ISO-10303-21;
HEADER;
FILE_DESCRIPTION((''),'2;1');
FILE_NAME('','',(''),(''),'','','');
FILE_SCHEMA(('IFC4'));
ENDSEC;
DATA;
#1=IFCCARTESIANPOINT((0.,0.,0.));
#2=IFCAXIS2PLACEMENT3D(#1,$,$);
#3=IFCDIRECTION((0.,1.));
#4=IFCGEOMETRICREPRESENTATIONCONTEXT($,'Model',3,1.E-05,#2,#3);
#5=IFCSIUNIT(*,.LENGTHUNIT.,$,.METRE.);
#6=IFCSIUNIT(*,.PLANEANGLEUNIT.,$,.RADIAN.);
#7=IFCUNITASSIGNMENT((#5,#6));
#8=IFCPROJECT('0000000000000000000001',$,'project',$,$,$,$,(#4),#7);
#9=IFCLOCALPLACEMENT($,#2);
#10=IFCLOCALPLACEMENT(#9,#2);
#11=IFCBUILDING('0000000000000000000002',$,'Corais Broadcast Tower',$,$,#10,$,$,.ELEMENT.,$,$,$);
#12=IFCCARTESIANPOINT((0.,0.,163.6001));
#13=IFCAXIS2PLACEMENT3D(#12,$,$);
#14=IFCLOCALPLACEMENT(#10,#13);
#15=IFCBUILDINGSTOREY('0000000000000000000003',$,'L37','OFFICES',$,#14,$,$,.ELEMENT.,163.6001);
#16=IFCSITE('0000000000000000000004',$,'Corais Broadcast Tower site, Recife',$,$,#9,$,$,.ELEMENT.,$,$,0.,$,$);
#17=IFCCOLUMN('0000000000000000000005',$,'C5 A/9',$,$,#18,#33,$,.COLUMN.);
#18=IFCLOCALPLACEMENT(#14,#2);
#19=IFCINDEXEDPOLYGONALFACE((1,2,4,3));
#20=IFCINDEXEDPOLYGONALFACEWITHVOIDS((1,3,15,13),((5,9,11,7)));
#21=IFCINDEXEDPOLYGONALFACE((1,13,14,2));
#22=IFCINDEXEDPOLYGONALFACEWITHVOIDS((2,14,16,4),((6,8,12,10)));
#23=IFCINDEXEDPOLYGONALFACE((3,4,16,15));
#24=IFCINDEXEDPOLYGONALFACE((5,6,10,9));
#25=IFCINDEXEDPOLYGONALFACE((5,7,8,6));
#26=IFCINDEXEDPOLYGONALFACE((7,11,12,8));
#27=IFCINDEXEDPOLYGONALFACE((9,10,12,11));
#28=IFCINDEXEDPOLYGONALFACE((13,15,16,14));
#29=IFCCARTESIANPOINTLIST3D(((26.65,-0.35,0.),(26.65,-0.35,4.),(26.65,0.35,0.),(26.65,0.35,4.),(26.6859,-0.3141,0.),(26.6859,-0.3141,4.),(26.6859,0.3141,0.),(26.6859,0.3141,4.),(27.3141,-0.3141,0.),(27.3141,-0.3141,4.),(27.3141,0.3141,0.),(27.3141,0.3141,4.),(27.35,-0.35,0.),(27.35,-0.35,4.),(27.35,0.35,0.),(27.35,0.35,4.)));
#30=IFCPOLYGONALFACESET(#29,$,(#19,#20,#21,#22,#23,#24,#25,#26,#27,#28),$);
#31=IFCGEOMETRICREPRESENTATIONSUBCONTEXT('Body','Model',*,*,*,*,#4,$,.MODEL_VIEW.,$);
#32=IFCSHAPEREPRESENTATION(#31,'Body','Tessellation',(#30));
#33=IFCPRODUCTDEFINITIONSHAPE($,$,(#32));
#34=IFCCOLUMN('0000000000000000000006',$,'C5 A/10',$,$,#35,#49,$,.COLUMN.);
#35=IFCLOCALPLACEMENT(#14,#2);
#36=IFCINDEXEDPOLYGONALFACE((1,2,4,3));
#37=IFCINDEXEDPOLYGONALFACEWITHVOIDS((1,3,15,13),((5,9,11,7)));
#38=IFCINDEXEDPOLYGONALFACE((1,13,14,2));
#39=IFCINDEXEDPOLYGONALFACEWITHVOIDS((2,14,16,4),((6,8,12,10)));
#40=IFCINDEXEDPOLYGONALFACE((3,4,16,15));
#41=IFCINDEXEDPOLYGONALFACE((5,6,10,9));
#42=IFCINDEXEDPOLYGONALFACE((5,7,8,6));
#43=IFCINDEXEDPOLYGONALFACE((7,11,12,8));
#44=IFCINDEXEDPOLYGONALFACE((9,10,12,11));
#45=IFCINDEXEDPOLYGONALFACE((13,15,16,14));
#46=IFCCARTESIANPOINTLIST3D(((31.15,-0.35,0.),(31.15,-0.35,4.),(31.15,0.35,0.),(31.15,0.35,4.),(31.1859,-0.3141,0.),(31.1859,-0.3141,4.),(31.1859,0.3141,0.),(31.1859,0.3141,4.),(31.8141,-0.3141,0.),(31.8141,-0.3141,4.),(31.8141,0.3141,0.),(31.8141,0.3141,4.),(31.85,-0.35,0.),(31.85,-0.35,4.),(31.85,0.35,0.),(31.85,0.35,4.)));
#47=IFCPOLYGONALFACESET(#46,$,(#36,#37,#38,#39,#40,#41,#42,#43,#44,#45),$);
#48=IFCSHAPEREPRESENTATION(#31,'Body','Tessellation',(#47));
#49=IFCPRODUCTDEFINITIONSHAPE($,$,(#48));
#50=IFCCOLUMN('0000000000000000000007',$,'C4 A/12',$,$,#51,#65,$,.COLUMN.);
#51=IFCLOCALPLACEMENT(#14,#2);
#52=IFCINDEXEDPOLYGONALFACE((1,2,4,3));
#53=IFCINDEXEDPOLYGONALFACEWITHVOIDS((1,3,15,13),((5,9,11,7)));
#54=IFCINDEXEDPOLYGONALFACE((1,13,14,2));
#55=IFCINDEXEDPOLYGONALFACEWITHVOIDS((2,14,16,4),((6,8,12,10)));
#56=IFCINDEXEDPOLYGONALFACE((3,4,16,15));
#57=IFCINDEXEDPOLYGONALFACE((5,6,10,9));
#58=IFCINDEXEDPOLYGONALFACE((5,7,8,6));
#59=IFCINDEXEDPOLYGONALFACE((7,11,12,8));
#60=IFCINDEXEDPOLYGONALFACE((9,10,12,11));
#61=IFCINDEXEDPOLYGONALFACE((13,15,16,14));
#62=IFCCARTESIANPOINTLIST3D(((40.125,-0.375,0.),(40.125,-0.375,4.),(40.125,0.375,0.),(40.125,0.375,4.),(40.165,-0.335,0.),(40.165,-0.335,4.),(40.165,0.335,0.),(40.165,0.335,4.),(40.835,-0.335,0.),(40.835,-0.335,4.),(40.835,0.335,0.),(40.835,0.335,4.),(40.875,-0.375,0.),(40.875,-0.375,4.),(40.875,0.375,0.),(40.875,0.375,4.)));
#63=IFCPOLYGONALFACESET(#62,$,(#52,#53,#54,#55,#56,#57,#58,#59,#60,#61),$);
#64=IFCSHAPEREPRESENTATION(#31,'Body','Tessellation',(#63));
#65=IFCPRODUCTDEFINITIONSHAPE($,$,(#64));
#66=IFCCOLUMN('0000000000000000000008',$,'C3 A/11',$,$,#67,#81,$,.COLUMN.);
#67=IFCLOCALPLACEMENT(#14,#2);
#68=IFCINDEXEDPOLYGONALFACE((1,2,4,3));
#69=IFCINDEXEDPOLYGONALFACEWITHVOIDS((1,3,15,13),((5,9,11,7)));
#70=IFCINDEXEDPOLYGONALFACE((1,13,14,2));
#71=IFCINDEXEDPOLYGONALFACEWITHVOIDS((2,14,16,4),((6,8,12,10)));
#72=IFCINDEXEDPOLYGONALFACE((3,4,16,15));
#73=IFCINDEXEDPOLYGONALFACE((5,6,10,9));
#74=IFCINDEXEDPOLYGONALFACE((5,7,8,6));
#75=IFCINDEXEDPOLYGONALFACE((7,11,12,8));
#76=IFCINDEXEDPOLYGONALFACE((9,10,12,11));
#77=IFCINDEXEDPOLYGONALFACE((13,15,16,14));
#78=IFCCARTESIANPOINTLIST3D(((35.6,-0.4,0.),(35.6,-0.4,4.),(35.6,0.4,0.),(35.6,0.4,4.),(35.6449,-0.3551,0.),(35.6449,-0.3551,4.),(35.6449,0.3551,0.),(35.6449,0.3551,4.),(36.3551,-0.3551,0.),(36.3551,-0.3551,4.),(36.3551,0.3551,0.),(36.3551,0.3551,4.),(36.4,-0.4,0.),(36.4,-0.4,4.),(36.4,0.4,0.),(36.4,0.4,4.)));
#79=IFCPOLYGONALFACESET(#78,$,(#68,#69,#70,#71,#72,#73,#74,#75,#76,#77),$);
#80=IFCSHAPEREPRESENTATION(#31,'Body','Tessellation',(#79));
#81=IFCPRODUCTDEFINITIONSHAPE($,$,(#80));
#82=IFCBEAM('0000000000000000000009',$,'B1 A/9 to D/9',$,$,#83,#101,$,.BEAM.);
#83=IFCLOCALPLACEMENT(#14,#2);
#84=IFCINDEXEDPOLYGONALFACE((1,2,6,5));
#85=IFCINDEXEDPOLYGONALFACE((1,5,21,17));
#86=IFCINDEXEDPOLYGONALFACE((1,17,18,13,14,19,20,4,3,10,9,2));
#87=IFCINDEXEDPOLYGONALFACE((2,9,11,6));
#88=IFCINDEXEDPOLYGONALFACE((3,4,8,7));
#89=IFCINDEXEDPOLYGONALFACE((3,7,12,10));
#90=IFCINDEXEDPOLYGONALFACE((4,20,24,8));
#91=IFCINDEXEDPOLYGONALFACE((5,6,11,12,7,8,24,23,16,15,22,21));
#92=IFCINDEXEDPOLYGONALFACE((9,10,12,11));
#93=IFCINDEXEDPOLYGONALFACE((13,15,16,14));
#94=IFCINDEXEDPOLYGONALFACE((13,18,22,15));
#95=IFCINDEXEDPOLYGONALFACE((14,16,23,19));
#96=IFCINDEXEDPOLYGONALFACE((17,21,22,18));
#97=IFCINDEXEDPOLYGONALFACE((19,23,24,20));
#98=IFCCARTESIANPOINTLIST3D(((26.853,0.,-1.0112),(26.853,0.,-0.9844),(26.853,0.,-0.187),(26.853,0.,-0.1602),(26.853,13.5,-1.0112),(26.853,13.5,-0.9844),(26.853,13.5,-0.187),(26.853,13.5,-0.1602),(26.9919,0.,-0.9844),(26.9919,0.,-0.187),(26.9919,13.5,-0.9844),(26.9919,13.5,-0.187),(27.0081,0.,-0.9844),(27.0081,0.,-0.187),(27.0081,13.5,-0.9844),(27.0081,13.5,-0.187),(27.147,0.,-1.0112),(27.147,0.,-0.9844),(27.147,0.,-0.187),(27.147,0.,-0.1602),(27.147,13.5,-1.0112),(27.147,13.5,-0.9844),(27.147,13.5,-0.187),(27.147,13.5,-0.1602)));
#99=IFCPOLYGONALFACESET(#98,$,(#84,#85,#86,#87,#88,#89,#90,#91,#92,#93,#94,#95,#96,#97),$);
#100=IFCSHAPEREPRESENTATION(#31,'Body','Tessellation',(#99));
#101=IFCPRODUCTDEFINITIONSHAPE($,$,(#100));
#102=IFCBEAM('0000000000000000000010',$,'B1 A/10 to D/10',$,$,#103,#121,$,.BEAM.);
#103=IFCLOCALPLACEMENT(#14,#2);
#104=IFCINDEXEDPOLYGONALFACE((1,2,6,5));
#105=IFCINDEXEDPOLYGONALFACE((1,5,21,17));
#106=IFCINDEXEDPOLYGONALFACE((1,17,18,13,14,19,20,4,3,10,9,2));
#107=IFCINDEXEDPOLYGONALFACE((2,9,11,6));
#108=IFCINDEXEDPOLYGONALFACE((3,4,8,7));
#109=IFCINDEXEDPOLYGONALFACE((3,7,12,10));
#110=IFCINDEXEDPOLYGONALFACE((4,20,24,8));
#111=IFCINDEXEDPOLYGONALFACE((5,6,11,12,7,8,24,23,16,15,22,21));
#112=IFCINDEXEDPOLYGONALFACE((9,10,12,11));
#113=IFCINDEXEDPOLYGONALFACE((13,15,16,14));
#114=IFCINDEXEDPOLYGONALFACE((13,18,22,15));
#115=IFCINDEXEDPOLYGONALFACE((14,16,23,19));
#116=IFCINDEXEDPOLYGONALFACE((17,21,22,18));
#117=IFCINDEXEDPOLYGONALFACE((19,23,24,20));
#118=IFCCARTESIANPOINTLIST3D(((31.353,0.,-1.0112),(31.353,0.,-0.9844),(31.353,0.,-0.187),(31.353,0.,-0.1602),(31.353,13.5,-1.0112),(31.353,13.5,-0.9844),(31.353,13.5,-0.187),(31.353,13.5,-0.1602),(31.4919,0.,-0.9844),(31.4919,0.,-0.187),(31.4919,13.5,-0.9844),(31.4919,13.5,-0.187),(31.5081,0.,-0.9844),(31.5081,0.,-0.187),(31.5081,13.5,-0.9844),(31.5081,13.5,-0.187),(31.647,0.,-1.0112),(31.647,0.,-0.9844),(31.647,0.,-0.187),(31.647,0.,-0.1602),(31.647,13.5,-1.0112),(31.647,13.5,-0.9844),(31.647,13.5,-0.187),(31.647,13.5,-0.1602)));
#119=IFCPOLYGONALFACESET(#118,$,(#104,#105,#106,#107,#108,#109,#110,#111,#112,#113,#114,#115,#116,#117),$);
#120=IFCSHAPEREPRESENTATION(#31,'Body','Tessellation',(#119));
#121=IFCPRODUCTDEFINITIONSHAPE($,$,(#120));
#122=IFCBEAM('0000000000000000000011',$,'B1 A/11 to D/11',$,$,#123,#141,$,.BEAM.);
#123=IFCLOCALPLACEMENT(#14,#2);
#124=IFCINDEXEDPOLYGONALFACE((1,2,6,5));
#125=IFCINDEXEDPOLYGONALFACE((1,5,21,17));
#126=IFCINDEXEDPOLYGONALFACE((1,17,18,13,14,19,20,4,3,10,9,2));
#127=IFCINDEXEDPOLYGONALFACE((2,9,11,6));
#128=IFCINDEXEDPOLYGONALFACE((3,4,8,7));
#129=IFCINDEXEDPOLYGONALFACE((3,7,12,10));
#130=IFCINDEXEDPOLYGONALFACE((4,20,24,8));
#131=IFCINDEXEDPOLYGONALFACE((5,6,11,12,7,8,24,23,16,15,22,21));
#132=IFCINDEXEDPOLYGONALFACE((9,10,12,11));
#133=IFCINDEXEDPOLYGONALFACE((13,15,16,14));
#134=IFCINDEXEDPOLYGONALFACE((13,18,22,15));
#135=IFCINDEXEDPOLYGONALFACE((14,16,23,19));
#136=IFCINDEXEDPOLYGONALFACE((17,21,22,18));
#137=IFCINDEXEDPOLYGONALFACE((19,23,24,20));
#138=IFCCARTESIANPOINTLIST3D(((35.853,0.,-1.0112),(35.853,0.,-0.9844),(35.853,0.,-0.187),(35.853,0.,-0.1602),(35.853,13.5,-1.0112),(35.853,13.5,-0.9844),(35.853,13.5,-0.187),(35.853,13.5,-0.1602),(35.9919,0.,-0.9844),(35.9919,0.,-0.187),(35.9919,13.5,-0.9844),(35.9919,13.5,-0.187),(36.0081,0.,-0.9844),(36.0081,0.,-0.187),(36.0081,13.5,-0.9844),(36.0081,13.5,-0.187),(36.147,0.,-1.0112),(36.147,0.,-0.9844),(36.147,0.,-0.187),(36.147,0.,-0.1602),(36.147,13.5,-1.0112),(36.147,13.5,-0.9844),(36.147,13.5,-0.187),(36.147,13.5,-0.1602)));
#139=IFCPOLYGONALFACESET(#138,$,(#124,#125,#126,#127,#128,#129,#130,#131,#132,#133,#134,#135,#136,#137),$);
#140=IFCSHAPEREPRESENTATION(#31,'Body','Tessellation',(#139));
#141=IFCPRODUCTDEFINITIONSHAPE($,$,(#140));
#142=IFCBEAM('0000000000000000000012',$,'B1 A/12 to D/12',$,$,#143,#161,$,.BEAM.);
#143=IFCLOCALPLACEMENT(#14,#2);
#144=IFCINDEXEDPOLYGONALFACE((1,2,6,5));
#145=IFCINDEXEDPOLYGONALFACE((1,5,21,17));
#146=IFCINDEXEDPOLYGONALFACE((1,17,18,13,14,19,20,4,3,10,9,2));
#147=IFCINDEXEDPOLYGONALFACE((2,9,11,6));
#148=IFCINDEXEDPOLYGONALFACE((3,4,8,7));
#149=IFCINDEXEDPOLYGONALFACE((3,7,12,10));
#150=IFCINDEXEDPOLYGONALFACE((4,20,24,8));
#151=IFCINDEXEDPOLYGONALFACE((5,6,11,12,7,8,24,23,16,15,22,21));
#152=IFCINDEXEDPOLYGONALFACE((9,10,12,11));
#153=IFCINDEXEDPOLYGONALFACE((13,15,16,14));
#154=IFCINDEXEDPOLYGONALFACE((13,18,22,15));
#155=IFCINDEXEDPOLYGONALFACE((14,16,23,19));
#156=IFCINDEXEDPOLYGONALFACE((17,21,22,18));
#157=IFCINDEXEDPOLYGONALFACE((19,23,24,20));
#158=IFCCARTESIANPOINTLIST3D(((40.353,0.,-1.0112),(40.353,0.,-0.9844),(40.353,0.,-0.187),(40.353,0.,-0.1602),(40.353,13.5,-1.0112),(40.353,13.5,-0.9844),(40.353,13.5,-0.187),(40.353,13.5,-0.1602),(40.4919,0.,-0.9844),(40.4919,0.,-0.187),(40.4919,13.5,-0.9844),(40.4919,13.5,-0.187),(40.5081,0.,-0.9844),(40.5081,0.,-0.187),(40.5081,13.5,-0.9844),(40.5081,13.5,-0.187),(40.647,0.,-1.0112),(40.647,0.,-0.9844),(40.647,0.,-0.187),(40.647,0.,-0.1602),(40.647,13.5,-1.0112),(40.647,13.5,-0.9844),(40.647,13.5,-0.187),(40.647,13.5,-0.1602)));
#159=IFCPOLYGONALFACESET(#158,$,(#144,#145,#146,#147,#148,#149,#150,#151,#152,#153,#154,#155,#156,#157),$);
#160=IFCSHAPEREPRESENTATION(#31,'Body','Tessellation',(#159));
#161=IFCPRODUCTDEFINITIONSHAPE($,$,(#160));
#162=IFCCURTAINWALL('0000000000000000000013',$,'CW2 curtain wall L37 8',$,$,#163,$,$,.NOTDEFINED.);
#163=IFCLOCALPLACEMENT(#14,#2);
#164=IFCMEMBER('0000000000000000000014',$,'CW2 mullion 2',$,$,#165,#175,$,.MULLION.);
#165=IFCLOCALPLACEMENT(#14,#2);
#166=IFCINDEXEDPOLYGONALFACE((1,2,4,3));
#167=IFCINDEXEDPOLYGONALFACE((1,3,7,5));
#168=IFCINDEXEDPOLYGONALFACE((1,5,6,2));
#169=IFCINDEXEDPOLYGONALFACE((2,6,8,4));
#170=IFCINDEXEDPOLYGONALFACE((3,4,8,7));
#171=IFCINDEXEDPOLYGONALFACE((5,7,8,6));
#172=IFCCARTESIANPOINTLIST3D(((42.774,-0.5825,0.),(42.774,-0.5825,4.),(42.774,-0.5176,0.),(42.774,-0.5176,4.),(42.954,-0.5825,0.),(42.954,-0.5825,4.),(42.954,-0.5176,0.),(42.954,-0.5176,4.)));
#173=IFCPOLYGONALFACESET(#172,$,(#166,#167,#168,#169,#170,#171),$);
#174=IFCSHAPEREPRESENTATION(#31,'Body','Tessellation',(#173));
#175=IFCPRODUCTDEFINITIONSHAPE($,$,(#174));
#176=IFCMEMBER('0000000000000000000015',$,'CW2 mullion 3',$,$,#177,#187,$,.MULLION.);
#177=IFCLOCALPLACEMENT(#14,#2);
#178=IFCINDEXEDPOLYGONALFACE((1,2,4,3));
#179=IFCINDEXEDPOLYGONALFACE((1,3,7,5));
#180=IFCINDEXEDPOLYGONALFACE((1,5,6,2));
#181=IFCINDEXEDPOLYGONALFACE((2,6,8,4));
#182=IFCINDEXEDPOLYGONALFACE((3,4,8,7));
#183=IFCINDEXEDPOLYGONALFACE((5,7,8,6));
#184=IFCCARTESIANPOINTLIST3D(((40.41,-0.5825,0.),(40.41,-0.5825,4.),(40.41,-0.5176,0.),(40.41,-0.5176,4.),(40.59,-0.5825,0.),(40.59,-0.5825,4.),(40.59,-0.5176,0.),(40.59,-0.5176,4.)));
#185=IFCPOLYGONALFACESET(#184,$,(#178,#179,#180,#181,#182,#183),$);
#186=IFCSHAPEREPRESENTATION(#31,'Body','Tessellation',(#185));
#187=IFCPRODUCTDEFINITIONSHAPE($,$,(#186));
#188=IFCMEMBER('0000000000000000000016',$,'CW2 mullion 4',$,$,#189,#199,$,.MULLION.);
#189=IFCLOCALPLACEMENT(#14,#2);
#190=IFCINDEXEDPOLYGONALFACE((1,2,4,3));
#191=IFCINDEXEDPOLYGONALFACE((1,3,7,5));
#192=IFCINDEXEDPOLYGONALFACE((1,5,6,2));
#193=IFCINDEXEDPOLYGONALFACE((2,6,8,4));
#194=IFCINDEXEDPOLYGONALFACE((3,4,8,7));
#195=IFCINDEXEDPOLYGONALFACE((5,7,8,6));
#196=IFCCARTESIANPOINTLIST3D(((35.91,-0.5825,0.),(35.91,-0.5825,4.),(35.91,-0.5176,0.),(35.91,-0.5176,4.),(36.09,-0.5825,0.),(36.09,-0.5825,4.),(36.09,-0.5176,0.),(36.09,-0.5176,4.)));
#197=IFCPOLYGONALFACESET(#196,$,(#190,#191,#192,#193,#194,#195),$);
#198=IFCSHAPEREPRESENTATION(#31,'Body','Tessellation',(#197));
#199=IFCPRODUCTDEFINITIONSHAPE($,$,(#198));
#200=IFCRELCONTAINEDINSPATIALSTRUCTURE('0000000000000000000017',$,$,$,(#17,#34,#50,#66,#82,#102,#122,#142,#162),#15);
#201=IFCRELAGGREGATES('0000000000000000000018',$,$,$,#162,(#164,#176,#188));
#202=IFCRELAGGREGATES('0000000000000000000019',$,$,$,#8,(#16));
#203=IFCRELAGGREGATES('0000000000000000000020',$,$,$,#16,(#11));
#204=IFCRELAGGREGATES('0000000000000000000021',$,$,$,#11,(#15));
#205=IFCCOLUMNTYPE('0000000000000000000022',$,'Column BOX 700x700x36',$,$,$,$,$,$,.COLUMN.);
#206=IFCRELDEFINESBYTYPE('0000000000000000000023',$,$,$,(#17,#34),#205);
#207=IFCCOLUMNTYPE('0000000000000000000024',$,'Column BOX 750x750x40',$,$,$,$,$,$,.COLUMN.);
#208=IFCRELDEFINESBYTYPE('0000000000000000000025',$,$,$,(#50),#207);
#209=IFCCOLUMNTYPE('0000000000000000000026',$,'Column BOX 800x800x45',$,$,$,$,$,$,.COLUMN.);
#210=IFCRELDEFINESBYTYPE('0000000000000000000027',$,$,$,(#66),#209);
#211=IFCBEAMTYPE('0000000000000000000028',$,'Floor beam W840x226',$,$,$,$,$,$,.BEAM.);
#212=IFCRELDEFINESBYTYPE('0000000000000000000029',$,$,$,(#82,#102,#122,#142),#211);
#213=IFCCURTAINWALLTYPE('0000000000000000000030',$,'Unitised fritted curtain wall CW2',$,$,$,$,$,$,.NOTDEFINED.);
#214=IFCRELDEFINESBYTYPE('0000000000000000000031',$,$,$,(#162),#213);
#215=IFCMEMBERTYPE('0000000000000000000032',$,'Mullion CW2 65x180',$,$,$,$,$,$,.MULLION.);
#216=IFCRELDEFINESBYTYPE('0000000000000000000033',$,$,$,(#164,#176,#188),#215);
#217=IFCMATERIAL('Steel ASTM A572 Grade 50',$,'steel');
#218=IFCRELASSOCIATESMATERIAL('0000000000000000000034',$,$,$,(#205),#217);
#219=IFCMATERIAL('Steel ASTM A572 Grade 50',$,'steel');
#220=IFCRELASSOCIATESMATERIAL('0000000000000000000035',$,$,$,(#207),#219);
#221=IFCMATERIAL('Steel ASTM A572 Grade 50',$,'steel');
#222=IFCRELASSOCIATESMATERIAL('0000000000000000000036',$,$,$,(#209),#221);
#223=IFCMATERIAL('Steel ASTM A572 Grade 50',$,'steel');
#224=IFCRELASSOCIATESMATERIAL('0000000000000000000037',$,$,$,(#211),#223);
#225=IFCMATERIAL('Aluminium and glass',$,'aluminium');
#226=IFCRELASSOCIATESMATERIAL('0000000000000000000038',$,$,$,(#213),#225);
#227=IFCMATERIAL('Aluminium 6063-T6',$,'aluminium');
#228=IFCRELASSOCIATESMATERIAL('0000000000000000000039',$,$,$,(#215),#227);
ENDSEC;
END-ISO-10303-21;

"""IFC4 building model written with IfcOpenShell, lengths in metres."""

from ifc_helpers import new_model, si_unit, direction, frame, origin, origin_2d, place, context, subcontext, project, spatial, rectangle, hollow_rectangle, i_section, extrude, material, material_profile, profile_set, type_object, element, aggregate, save


model = new_model("IFC4")

# Units and contexts
model_context = context("Model", 3, precision=1e-05, world=origin(), true_north=direction((0.0, 1.0)))
body_context = subcontext(model_context, "Body", "Model", "MODEL_VIEW")
ifc_project = project(units=[si_unit("LENGTHUNIT", "METRE"), si_unit("PLANEANGLEUNIT", "RADIAN")], contexts=[model_context])

# Site, building, storey
site_placement = place(None, origin())
site = spatial("IfcSite", under=ifc_project, at=site_placement, Name="Corais Broadcast Tower site, Recife", CompositionType="ELEMENT", RefElevation=0.0)
building_placement = place(site_placement, origin())
building = spatial("IfcBuilding", under=site, at=building_placement, Name="Corais Broadcast Tower", CompositionType="ELEMENT")
storey_placement = place(building_placement, frame((0.0, 0.0, 163.6001)))
storey = spatial("IfcBuildingStorey", under=building, at=storey_placement, Name="L37", Description="OFFICES", CompositionType="ELEMENT", Elevation=163.6001)

# Columns
ifc_material_1 = material(Name="Steel ASTM A572 Grade 50", Category="steel")
ifc_material_profile_1 = material_profile(ifc_material_1, hollow_rectangle(XDim=0.7, YDim=0.7, WallThickness=0.0359, at=origin_2d()), Name="BOX 700x700x36")
ifc_profile_set_1 = profile_set([ifc_material_profile_1], Name="Steel ASTM A572 Grade 50")
column_type_1 = type_object("IfcColumnType", Name="Column BOX 700x700x36", PredefinedType="COLUMN", material=ifc_profile_set_1)
for number, where, z_axis, x_axis, name in (
    (1, (27.0, 0.0, 0.0), (0.0, 0.0, 1.0), (1.0, 0.0, 0.0), "C5 A/9"),
    (2, (31.5, 0.0, 0.0), (0.0, 0.0, 1.0), (1.0, 0.0, 0.0), "C5 A/10"),
):
    element("IfcColumn", number, at=place(storey_placement, frame(where, z_axis=z_axis, x_axis=x_axis)), inside=storey, type_object=column_type_1, Name=name, PredefinedType="COLUMN", context=body_context, shape_type="SweptSolid", body=[
        extrude(hollow_rectangle(XDim=0.7, YDim=0.7, WallThickness=0.0359, at=origin_2d()), origin(), (0.0, 0.0, 1.0), 4.0),
    ])
ifc_material_2 = material(Name="Steel ASTM A572 Grade 50", Category="steel")
ifc_material_profile_2 = material_profile(ifc_material_2, hollow_rectangle(XDim=0.75, YDim=0.75, WallThickness=0.04, at=origin_2d()), Name="BOX 750x750x40")
ifc_profile_set_2 = profile_set([ifc_material_profile_2], Name="Steel ASTM A572 Grade 50")
column_type_2 = type_object("IfcColumnType", Name="Column BOX 750x750x40", PredefinedType="COLUMN", material=ifc_profile_set_2)
column_1_placement = place(storey_placement, frame((40.5, 0.0, 0.0), z_axis=(0.0, 0.0, 1.0), x_axis=(1.0, 0.0, 0.0)))
element("IfcColumn", 3, at=column_1_placement, inside=storey, type_object=column_type_2, Name="C4 A/12", PredefinedType="COLUMN", context=body_context, shape_type="SweptSolid", body=[
    extrude(hollow_rectangle(XDim=0.75, YDim=0.75, WallThickness=0.04, at=origin_2d()), origin(), (0.0, 0.0, 1.0), 4.0),
])
ifc_material_3 = material(Name="Steel ASTM A572 Grade 50", Category="steel")
ifc_material_profile_3 = material_profile(ifc_material_3, hollow_rectangle(XDim=0.8, YDim=0.8, WallThickness=0.0449, at=origin_2d()), Name="BOX 800x800x45")
ifc_profile_set_3 = profile_set([ifc_material_profile_3], Name="Steel ASTM A572 Grade 50")
column_type_3 = type_object("IfcColumnType", Name="Column BOX 800x800x45", PredefinedType="COLUMN", material=ifc_profile_set_3)
column_2_placement = place(storey_placement, frame((36.0, 0.0, 0.0), z_axis=(0.0, 0.0, 1.0), x_axis=(1.0, 0.0, 0.0)))
element("IfcColumn", 4, at=column_2_placement, inside=storey, type_object=column_type_3, Name="C3 A/11", PredefinedType="COLUMN", context=body_context, shape_type="SweptSolid", body=[
    extrude(hollow_rectangle(XDim=0.8, YDim=0.8, WallThickness=0.0449, at=origin_2d()), origin(), (0.0, 0.0, 1.0), 4.0),
])

# Beams
ifc_material_4 = material(Name="Steel ASTM A572 Grade 50", Category="steel")
ifc_material_profile_4 = material_profile(ifc_material_4, i_section(OverallWidth=0.2939, OverallDepth=0.8511, WebThickness=0.0161, FlangeThickness=0.0269, at=origin_2d()), Name="W840x226")
ifc_profile_set_4 = profile_set([ifc_material_profile_4], Name="Steel ASTM A572 Grade 50")
beam_type_1 = type_object("IfcBeamType", Name="Floor beam W840x226", PredefinedType="BEAM", material=ifc_profile_set_4)
for number, where, z_axis, x_axis, name in (
    (5, (27.0, 0.0, -0.5857), (0.0, 1.0, 0.0), (-1.0, 0.0, 0.0), "B1 A/9 to D/9"),
    (6, (31.5, 0.0, -0.5857), (0.0, 1.0, 0.0), (-1.0, 0.0, 0.0), "B1 A/10 to D/10"),
    (7, (36.0, 0.0, -0.5857), (0.0, 1.0, 0.0), (-1.0, 0.0, 0.0), "B1 A/11 to D/11"),
    (8, (40.5, 0.0, -0.5857), (0.0, 1.0, 0.0), (-1.0, 0.0, 0.0), "B1 A/12 to D/12"),
):
    element("IfcBeam", number, at=place(storey_placement, frame(where, z_axis=z_axis, x_axis=x_axis)), inside=storey, type_object=beam_type_1, Name=name, PredefinedType="BEAM", context=body_context, shape_type="SweptSolid", body=[
        extrude(i_section(OverallWidth=0.2939, OverallDepth=0.8511, WebThickness=0.0161, FlangeThickness=0.0269, at=origin_2d()), origin(), (0.0, 0.0, 1.0), 13.5),
    ])

# Curtain wall, members
ifc_material_5 = material(Name="Aluminium and glass", Category="aluminium")
curtain_wall_type = type_object("IfcCurtainWallType", Name="Unitised fritted curtain wall CW2", PredefinedType="NOTDEFINED", material=ifc_material_5)
curtain_wall_placement = place(storey_placement, origin())
curtain_wall = element("IfcCurtainWall", 9, at=curtain_wall_placement, inside=storey, type_object=curtain_wall_type, Name="CW2 curtain wall L37 8", PredefinedType="NOTDEFINED")
ifc_material_6 = material(Name="Aluminium 6063-T6", Category="aluminium")
ifc_material_profile_5 = material_profile(ifc_material_6, rectangle(XDim=0.0649, YDim=0.1799, at=origin_2d()), Name="Mullion CW2 65x180")
ifc_profile_set_5 = profile_set([ifc_material_profile_5], Name="Aluminium 6063-T6")
member_type_1 = type_object("IfcMemberType", Name="Mullion CW2 65x180", PredefinedType="MULLION", material=ifc_profile_set_5)
member_1_placement = place(storey_placement, frame((42.864, -0.55, 0.0), z_axis=(0.0, 0.0, 1.0), x_axis=(0.0, -1.0, 0.0)))
member_1 = element("IfcMember", 10, at=member_1_placement, type_object=member_type_1, Name="CW2 mullion 2", PredefinedType="MULLION", context=body_context, shape_type="SweptSolid", body=[
    extrude(rectangle(XDim=0.0649, YDim=0.1799, at=origin_2d()), origin(), (0.0, 0.0, 1.0), 4.0),
])
member_2_placement = place(storey_placement, frame((40.5, -0.55, 0.0), z_axis=(0.0, 0.0, 1.0), x_axis=(0.0, -1.0, 0.0)))
member_2 = element("IfcMember", 11, at=member_2_placement, type_object=member_type_1, Name="CW2 mullion 3", PredefinedType="MULLION", context=body_context, shape_type="SweptSolid", body=[
    extrude(rectangle(XDim=0.0649, YDim=0.1799, at=origin_2d()), origin(), (0.0, 0.0, 1.0), 4.0),
])
member_3_placement = place(storey_placement, frame((36.0, -0.55, 0.0), z_axis=(0.0, 0.0, 1.0), x_axis=(0.0, -1.0, 0.0)))
member_3 = element("IfcMember", 12, at=member_3_placement, type_object=member_type_1, Name="CW2 mullion 4", PredefinedType="MULLION", context=body_context, shape_type="SweptSolid", body=[
    extrude(rectangle(XDim=0.0649, YDim=0.1799, at=origin_2d()), origin(), (0.0, 0.0, 1.0), 4.0),
])

aggregate(curtain_wall, [member_1, member_2, member_3])

save(model, "model.ifc")
